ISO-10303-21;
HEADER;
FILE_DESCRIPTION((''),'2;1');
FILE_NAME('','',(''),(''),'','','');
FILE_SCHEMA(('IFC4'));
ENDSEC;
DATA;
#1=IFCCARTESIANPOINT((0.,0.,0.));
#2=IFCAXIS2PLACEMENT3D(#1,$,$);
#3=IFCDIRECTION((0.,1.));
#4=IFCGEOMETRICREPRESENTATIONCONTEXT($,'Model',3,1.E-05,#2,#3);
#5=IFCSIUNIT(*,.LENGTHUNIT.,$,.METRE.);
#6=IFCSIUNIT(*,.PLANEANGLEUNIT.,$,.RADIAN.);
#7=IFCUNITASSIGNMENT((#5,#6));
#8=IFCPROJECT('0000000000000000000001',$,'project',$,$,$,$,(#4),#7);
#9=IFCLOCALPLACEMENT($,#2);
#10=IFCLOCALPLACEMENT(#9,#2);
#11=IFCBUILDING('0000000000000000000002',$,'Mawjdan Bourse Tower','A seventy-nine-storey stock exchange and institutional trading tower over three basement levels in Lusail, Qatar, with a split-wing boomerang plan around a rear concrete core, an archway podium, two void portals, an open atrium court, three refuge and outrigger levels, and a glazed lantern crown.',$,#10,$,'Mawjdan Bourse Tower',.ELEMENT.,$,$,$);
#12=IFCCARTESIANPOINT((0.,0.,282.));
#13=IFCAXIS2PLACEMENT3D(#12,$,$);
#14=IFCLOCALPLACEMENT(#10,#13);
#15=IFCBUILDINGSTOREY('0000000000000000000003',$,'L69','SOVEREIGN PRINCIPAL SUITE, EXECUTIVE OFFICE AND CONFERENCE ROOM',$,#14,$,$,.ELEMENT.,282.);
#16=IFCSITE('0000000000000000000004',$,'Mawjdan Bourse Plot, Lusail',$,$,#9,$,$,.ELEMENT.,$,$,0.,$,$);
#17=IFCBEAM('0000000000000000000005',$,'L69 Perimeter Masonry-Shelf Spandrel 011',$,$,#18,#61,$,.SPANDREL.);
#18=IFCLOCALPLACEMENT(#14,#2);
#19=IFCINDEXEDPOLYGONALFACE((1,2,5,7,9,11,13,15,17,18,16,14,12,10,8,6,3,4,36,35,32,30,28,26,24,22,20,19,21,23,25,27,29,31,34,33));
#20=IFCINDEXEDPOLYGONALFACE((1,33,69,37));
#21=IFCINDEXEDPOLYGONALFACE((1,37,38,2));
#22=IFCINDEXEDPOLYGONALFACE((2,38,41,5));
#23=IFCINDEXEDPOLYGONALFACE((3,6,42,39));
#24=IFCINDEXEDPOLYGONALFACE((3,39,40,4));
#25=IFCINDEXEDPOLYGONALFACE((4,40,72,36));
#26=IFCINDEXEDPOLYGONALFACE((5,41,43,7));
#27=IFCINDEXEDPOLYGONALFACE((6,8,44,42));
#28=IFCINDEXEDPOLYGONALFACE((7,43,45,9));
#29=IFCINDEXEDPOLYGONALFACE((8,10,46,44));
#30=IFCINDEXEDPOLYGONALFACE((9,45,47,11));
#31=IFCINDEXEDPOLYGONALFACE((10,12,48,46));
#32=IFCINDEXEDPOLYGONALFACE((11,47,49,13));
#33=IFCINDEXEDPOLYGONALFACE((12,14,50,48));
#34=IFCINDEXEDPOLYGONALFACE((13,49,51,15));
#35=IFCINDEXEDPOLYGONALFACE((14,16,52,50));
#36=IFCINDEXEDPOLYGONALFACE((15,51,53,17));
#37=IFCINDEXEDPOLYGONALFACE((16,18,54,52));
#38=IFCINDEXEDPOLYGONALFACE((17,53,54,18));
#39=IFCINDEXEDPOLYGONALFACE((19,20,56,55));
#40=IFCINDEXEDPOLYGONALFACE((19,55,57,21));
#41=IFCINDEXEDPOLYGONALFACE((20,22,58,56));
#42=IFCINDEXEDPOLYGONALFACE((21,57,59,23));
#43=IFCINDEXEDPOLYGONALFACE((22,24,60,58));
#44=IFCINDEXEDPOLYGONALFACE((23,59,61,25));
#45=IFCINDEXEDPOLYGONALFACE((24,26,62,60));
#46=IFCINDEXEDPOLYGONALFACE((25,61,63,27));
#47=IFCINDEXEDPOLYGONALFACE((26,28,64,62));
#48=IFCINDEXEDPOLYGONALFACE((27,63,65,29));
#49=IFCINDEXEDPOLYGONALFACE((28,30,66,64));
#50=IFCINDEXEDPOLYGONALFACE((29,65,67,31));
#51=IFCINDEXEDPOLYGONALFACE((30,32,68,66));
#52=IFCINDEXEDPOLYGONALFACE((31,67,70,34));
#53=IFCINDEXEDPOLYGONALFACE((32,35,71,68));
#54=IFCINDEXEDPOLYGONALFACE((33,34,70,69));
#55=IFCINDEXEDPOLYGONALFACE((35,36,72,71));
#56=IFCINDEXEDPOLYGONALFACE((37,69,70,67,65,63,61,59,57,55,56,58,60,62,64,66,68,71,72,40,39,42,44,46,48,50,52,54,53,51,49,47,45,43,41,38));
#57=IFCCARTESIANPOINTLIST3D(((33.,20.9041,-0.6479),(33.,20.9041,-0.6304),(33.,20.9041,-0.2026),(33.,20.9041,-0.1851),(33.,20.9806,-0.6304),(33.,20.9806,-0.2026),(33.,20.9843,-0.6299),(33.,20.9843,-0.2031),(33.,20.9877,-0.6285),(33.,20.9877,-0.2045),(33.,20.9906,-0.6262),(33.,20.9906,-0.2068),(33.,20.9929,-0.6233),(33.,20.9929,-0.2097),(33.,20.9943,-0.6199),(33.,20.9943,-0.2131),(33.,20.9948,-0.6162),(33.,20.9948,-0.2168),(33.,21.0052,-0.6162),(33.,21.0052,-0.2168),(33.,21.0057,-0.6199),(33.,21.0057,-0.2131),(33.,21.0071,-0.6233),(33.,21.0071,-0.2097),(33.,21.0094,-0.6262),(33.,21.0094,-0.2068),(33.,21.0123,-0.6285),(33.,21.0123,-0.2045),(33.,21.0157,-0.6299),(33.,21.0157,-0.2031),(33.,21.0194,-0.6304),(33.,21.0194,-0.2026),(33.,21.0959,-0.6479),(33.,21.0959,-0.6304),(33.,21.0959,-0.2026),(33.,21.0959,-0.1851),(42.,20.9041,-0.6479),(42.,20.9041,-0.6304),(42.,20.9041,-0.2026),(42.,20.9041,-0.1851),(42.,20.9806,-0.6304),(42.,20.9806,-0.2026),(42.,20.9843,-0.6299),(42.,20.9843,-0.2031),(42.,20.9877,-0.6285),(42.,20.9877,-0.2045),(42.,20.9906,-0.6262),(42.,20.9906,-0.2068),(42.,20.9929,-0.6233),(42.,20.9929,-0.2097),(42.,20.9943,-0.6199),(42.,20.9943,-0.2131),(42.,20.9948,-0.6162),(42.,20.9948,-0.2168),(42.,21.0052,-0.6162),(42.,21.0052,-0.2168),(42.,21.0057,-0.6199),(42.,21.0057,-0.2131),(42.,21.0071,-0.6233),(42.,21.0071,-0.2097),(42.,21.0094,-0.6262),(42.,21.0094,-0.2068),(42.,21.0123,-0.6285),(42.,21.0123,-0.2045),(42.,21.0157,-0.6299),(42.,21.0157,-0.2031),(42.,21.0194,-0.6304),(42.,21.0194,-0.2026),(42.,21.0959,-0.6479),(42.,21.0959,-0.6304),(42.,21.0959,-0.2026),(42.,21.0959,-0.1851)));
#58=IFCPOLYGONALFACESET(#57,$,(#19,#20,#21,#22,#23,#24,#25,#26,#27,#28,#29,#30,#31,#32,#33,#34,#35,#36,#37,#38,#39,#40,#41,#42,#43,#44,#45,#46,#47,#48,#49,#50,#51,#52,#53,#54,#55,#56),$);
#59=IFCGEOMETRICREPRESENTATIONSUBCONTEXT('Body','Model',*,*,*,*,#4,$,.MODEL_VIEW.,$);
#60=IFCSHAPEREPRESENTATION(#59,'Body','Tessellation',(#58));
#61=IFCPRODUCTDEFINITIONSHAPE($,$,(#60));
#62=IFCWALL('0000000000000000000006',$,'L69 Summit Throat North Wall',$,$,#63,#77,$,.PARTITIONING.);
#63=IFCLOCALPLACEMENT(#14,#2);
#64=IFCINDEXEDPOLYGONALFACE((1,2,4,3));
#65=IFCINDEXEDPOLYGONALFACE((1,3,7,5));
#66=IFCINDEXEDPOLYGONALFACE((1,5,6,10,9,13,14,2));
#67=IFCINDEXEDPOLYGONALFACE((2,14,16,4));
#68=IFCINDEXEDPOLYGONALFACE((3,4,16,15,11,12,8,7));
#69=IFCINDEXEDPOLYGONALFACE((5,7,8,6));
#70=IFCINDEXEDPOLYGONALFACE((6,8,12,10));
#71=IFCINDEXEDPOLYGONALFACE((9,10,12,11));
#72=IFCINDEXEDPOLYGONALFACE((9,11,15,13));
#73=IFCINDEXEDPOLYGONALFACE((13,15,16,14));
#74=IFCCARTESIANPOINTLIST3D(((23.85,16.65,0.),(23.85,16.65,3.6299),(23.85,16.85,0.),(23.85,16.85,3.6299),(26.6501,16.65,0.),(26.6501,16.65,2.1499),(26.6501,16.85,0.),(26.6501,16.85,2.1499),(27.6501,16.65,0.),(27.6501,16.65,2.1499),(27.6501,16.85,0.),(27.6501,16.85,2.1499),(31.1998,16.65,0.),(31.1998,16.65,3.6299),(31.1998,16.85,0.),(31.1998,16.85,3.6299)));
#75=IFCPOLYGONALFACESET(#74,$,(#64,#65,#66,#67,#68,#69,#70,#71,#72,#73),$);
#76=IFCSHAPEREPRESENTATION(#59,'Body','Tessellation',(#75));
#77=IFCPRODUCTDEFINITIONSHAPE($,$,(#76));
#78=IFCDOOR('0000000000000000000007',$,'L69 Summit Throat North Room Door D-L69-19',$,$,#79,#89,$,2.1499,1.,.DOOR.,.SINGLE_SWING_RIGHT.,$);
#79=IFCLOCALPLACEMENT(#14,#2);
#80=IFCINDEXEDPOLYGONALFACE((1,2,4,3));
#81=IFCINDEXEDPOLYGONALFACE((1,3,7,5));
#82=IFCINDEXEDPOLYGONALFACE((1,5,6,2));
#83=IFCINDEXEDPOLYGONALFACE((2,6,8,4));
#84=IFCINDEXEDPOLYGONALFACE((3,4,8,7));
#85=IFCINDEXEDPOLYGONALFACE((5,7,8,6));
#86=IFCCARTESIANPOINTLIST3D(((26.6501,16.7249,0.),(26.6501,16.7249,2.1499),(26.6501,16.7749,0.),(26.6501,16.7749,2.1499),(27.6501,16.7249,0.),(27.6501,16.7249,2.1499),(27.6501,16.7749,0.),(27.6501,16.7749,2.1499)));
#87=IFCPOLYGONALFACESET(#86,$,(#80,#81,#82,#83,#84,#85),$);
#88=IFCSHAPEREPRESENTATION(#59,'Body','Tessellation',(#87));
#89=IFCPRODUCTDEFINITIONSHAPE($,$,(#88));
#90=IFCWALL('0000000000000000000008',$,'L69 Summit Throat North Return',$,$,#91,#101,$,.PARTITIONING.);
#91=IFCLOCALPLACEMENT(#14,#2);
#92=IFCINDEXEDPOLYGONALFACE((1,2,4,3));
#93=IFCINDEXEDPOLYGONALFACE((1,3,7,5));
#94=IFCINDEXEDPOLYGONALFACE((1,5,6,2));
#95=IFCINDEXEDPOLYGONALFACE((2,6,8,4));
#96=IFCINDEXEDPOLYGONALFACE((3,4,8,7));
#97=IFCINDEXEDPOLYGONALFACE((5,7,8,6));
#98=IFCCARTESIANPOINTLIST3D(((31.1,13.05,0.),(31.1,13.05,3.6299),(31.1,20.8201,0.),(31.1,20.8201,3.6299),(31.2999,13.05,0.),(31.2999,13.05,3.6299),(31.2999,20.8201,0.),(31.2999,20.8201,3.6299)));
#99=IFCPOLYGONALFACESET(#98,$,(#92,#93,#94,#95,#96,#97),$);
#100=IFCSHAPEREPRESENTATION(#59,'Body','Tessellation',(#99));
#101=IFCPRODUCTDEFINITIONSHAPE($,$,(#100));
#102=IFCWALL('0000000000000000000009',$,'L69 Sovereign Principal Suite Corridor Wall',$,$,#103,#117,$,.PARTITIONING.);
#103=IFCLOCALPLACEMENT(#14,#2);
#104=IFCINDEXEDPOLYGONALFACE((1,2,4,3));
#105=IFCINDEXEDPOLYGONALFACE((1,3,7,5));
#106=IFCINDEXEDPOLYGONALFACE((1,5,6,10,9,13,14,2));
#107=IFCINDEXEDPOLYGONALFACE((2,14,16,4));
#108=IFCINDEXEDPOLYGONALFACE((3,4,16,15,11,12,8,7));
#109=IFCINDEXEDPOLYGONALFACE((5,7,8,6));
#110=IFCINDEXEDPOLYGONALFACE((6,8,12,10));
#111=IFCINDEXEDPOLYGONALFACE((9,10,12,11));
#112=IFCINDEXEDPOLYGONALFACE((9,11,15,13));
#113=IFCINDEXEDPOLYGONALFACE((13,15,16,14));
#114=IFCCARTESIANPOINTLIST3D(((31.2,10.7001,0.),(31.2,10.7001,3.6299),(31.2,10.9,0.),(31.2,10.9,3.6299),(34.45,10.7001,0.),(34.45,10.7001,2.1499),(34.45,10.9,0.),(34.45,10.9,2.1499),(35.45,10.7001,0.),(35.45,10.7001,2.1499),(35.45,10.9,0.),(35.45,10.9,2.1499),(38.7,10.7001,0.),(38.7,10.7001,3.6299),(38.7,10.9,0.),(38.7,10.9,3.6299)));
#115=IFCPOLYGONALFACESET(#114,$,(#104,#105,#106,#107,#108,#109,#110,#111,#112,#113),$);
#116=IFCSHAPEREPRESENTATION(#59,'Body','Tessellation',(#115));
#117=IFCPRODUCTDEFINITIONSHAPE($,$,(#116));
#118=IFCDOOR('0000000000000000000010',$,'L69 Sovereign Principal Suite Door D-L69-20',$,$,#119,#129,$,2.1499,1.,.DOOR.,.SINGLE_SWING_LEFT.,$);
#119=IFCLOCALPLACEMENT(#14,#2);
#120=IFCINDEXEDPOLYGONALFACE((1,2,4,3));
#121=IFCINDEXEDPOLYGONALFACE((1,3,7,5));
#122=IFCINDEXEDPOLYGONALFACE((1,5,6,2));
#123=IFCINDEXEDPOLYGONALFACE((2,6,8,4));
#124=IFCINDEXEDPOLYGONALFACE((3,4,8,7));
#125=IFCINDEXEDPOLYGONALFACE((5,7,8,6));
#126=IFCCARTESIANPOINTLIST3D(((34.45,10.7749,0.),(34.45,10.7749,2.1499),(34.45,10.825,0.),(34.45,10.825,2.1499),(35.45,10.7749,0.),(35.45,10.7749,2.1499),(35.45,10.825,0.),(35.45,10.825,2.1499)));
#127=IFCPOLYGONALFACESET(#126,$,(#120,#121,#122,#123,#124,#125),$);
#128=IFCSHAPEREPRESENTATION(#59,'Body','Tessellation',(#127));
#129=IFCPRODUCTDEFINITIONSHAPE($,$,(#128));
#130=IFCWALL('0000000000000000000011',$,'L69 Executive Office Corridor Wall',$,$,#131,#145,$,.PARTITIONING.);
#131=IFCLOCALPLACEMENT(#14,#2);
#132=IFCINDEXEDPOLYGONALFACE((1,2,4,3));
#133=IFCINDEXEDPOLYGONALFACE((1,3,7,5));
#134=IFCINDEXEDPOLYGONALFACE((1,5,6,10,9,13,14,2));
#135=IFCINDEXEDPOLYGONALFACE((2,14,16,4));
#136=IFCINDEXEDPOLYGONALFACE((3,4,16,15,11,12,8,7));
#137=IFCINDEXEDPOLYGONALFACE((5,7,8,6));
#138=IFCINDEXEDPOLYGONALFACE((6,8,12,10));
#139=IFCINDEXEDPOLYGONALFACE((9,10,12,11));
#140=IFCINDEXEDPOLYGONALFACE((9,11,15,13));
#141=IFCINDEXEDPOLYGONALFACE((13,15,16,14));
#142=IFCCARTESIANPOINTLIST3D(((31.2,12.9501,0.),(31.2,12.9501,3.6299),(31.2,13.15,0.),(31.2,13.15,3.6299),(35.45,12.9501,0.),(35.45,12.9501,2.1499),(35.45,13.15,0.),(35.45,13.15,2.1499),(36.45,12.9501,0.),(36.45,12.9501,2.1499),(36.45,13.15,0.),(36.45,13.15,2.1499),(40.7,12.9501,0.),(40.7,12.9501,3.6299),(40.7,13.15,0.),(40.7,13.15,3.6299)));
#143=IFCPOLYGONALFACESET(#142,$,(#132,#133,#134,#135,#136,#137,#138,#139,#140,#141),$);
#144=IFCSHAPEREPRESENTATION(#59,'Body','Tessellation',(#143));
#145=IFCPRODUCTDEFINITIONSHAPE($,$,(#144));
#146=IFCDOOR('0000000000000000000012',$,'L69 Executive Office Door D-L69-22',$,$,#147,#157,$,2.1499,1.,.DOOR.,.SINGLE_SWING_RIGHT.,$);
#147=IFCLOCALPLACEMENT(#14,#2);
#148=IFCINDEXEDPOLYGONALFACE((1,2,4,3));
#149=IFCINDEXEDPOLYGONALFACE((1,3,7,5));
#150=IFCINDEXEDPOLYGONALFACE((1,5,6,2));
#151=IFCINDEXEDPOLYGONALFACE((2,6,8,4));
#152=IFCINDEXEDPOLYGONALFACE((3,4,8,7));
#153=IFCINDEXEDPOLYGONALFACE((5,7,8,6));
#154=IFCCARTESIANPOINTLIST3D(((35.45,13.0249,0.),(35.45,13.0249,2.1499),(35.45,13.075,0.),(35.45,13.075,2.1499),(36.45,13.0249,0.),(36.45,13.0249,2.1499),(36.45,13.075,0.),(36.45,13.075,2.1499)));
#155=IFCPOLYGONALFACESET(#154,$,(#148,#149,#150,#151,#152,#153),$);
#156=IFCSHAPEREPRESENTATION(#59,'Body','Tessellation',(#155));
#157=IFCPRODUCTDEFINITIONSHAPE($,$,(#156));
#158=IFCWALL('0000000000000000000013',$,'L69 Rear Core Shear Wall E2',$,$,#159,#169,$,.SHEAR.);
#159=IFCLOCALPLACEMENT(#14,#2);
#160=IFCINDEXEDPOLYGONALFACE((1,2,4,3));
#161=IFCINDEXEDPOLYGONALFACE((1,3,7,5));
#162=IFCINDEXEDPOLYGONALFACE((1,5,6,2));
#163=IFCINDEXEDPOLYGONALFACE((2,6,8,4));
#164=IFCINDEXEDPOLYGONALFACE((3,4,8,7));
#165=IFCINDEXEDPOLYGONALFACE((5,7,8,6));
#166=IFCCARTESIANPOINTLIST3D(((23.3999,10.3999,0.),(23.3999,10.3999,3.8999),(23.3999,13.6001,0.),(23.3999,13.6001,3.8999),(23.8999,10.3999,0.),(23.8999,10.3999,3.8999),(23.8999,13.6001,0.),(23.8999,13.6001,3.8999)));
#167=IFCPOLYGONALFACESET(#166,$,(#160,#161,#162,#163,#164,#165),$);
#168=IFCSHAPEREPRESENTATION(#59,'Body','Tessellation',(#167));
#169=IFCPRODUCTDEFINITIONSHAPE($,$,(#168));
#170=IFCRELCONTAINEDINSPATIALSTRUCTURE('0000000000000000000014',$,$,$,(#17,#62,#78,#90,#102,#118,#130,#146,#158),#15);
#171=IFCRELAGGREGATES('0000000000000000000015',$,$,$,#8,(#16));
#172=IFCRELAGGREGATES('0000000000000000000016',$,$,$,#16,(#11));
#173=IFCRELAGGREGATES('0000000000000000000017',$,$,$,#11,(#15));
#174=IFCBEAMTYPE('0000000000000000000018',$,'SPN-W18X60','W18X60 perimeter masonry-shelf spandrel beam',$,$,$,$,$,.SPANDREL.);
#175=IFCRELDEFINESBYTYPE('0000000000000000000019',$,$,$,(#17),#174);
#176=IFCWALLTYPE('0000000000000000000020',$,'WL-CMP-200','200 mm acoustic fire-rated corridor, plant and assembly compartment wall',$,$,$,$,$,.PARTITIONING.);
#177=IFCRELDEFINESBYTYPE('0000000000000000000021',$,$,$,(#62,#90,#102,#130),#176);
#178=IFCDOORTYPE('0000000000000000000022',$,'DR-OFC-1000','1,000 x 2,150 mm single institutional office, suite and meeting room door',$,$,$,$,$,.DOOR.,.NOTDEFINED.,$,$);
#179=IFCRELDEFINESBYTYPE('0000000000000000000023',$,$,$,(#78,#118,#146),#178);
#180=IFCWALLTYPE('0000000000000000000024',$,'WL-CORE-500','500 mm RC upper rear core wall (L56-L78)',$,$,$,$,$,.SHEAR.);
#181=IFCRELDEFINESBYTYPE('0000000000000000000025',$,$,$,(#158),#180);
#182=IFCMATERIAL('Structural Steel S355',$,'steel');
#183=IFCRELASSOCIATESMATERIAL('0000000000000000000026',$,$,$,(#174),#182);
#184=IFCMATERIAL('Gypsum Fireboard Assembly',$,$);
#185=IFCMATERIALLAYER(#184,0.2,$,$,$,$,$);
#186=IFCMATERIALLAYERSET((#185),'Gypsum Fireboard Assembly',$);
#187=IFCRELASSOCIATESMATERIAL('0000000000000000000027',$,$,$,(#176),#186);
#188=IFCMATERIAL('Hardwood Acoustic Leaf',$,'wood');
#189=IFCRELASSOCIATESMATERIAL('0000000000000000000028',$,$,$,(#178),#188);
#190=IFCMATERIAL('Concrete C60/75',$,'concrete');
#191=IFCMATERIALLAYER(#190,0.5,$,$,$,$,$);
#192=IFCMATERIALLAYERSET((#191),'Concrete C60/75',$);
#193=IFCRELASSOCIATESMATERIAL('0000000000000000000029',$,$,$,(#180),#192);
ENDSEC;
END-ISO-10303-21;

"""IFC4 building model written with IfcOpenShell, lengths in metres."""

from ifc_helpers import new_model, si_unit, direction, frame, frame_2d, origin, origin_2d, place, context, subcontext, project, spatial, rectangle, i_section, extrude, material, layer, layer_set, material_profile, profile_set, type_object, element, fill, save


model = new_model("IFC4")

# Units and contexts
model_context = context("Model", 3, precision=1e-05, world=origin(), true_north=direction((0.0, 1.0)))
body_context = subcontext(model_context, "Body", "Model", "MODEL_VIEW")
ifc_project = project(units=[si_unit("LENGTHUNIT", "METRE"), si_unit("PLANEANGLEUNIT", "RADIAN")], contexts=[model_context])

# Site, building, storey
site_placement = place(None, origin())
site = spatial("IfcSite", under=ifc_project, at=site_placement, Name="Mawjdan Bourse Plot, Lusail", CompositionType="ELEMENT", RefElevation=0.0)
building_placement = place(site_placement, origin())
building = spatial("IfcBuilding", under=site, at=building_placement, Name="Mawjdan Bourse Tower", Description="A seventy-nine-storey stock exchange and institutional trading tower over three basement levels in Lusail, Qatar, with a split-wing boomerang plan around a rear concrete core, an archway podium, two void portals, an open atrium court, three refuge and outrigger levels, and a glazed lantern crown.", LongName="Mawjdan Bourse Tower", CompositionType="ELEMENT")
storey_placement = place(building_placement, frame((0.0, 0.0, 282.0)))
storey = spatial("IfcBuildingStorey", under=building, at=storey_placement, Name="L69", Description="SOVEREIGN PRINCIPAL SUITE, EXECUTIVE OFFICE AND CONFERENCE ROOM", CompositionType="ELEMENT", Elevation=282.0)

# Shared definitions
ifc_material_1 = material(Name="Concrete C60/75", Category="concrete")

# Beam
ifc_material_2 = material(Name="Structural Steel S355", Category="steel")
ifc_material_profile_1 = material_profile(ifc_material_2, i_section(OverallWidth=0.1919, OverallDepth=0.4629, WebThickness=0.0105, FlangeThickness=0.0176, FilletRadius=0.0142, at=origin_2d()), Name="W18X60")
ifc_profile_set_1 = profile_set([ifc_material_profile_1], Name="Structural Steel S355")
beam_type_1 = type_object("IfcBeamType", Name="SPN-W18X60", Description="W18X60 perimeter masonry-shelf spandrel beam", PredefinedType="SPANDREL", material=ifc_profile_set_1)
for number, where, z_axis, x_axis, name in (
    (1, (33.0, 21.0, -0.4165), (1.0, 0.0, 0.0), (0.0, 1.0, 0.0), "L69 Perimeter Masonry-Shelf Spandrel 011"),
):
    element("IfcBeam", number, at=place(storey_placement, frame(where, z_axis=z_axis, x_axis=x_axis)), inside=storey, type_object=beam_type_1, Name=name, PredefinedType="SPANDREL", context=body_context, shape_type="SweptSolid", body=[
        extrude(i_section(OverallWidth=0.1919, OverallDepth=0.4629, WebThickness=0.0105, FlangeThickness=0.0176, FilletRadius=0.0142, at=origin_2d()), origin(), (0.0, 0.0, 1.0), 9.0),
    ])

# Wall, opening, door
ifc_material_3 = material(Name="Gypsum Fireboard Assembly")
ifc_layer_1 = layer(ifc_material_3, 0.2)
ifc_layer_set_1 = layer_set([ifc_layer_1], Name="Gypsum Fireboard Assembly")
wall_type_1 = type_object("IfcWallType", Name="WL-CMP-200", Description="200 mm acoustic fire-rated corridor, plant and assembly compartment wall", PredefinedType="PARTITIONING", material=ifc_layer_set_1)
wall_1_placement = place(storey_placement, frame((23.8501, 16.75, 0.0), z_axis=(0.0, 0.0, 1.0), x_axis=(1.0, 0.0, 0.0)))
wall_1 = element("IfcWall", 2, at=wall_1_placement, inside=storey, type_object=wall_type_1, Name="L69 Summit Throat North Wall", PredefinedType="PARTITIONING", context=body_context, shape_type="SweptSolid", body=[
    extrude(rectangle(XDim=7.3499, YDim=0.2, at=frame_2d((3.6748, 0.0))), origin(), (0.0, 0.0, 1.0), 3.6299),
])
opening_1_placement = place(wall_1_placement, frame((2.8, 0.0, 0.0)))
opening_1 = element("IfcOpeningElement", 3, at=opening_1_placement, cuts=wall_1, PredefinedType="OPENING", context=body_context, shape_type="SweptSolid", body=[
    extrude(rectangle(XDim=1.0, YDim=2.1499, at=frame_2d((0.5, 1.075))), frame((0.0, 0.1099, 0.0), z_axis=(0.0, -1.0, 0.0), x_axis=(1.0, 0.0, 0.0)), (0.0, 0.0, 1.0), 0.22),
])
ifc_material_4 = material(Name="Hardwood Acoustic Leaf", Category="wood")
door_type = type_object("IfcDoorType", Name="DR-OFC-1000", Description="1,000 x 2,150 mm single institutional office, suite and meeting room door", OperationType="NOTDEFINED", PredefinedType="DOOR", material=ifc_material_4)
door_1_placement = place(opening_1_placement, origin())
door_1 = element("IfcDoor", 4, at=door_1_placement, inside=storey, type_object=door_type, Name="L69 Summit Throat North Room Door D-L69-19", OperationType="SINGLE_SWING_RIGHT", OverallHeight=2.1499, OverallWidth=1.0, PredefinedType="DOOR", context=body_context, shape_type="SweptSolid", body=[
    extrude(rectangle(XDim=1.0, YDim=2.1499, at=frame_2d((0.5, 1.075))), frame((0.0, 0.0249, 0.0), z_axis=(0.0, -1.0, 0.0), x_axis=(1.0, 0.0, 0.0)), (0.0, 0.0, 1.0), 0.05),
])
fill(opening_1, door_1)

# Wall
wall_2_placement = place(storey_placement, frame((31.2, 13.05, 0.0), z_axis=(0.0, 0.0, 1.0), x_axis=(0.0, 1.0, 0.0)))
element("IfcWall", 5, at=wall_2_placement, inside=storey, type_object=wall_type_1, Name="L69 Summit Throat North Return", PredefinedType="PARTITIONING", context=body_context, shape_type="SweptSolid", body=[
    extrude(rectangle(XDim=7.77, YDim=0.2, at=frame_2d((3.885, 0.0))), origin(), (0.0, 0.0, 1.0), 3.6299),
])

# Walls, openings, doors
wall_3_placement = place(storey_placement, frame((31.2, 10.8, 0.0), z_axis=(0.0, 0.0, 1.0), x_axis=(1.0, 0.0, 0.0)))
wall_3 = element("IfcWall", 6, at=wall_3_placement, inside=storey, type_object=wall_type_1, Name="L69 Sovereign Principal Suite Corridor Wall", PredefinedType="PARTITIONING", context=body_context, shape_type="SweptSolid", body=[
    extrude(rectangle(XDim=7.5, YDim=0.2, at=frame_2d((3.75, 0.0))), origin(), (0.0, 0.0, 1.0), 3.6299),
])
opening_2_placement = place(wall_3_placement, frame((3.25, 0.0, 0.0)))
opening_2 = element("IfcOpeningElement", 7, at=opening_2_placement, cuts=wall_3, PredefinedType="OPENING", context=body_context, shape_type="SweptSolid", body=[
    extrude(rectangle(XDim=1.0, YDim=2.1499, at=frame_2d((0.5, 1.075))), frame((0.0, 0.1099, 0.0), z_axis=(0.0, -1.0, 0.0), x_axis=(1.0, 0.0, 0.0)), (0.0, 0.0, 1.0), 0.22),
])
door_2_placement = place(opening_2_placement, origin())
door_2 = element("IfcDoor", 8, at=door_2_placement, inside=storey, type_object=door_type, Name="L69 Sovereign Principal Suite Door D-L69-20", OperationType="SINGLE_SWING_LEFT", OverallHeight=2.1499, OverallWidth=1.0, PredefinedType="DOOR", context=body_context, shape_type="SweptSolid", body=[
    extrude(rectangle(XDim=1.0, YDim=2.1499, at=frame_2d((0.5, 1.075))), frame((0.0, 0.0249, 0.0), z_axis=(0.0, -1.0, 0.0), x_axis=(1.0, 0.0, 0.0)), (0.0, 0.0, 1.0), 0.05),
])
fill(opening_2, door_2)
wall_4_placement = place(storey_placement, frame((31.2, 13.05, 0.0), z_axis=(0.0, 0.0, 1.0), x_axis=(1.0, 0.0, 0.0)))
wall_4 = element("IfcWall", 9, at=wall_4_placement, inside=storey, type_object=wall_type_1, Name="L69 Executive Office Corridor Wall", PredefinedType="PARTITIONING", context=body_context, shape_type="SweptSolid", body=[
    extrude(rectangle(XDim=9.5, YDim=0.2, at=frame_2d((4.75, 0.0))), origin(), (0.0, 0.0, 1.0), 3.6299),
])
opening_3_placement = place(wall_4_placement, frame((4.25, 0.0, 0.0)))
opening_3 = element("IfcOpeningElement", 10, at=opening_3_placement, cuts=wall_4, PredefinedType="OPENING", context=body_context, shape_type="SweptSolid", body=[
    extrude(rectangle(XDim=1.0, YDim=2.1499, at=frame_2d((0.5, 1.075))), frame((0.0, 0.1099, 0.0), z_axis=(0.0, -1.0, 0.0), x_axis=(1.0, 0.0, 0.0)), (0.0, 0.0, 1.0), 0.22),
])
door_3_placement = place(opening_3_placement, origin())
door_3 = element("IfcDoor", 11, at=door_3_placement, inside=storey, type_object=door_type, Name="L69 Executive Office Door D-L69-22", OperationType="SINGLE_SWING_RIGHT", OverallHeight=2.1499, OverallWidth=1.0, PredefinedType="DOOR", context=body_context, shape_type="SweptSolid", body=[
    extrude(rectangle(XDim=1.0, YDim=2.1499, at=frame_2d((0.5, 1.075))), frame((0.0, 0.0249, 0.0), z_axis=(0.0, -1.0, 0.0), x_axis=(1.0, 0.0, 0.0)), (0.0, 0.0, 1.0), 0.05),
])
fill(opening_3, door_3)

# Wall
ifc_layer_2 = layer(ifc_material_1, 0.5)
ifc_layer_set_2 = layer_set([ifc_layer_2], Name="Concrete C60/75")
wall_type_2 = type_object("IfcWallType", Name="WL-CORE-500", Description="500 mm RC upper rear core wall (L56-L78)", PredefinedType="SHEAR", material=ifc_layer_set_2)
wall_5_placement = place(storey_placement, frame((23.6499, 10.3999, 0.0), z_axis=(0.0, 0.0, 1.0), x_axis=(0.0, 1.0, 0.0)))
element("IfcWall", 12, at=wall_5_placement, inside=storey, type_object=wall_type_2, Name="L69 Rear Core Shear Wall E2", PredefinedType="SHEAR", context=body_context, shape_type="SweptSolid", body=[
    extrude(rectangle(XDim=3.2002, YDim=0.5, at=frame_2d((1.6001, 0.0))), origin(), (0.0, 0.0, 1.0), 3.8999),
])

save(model, "model.ifc")
